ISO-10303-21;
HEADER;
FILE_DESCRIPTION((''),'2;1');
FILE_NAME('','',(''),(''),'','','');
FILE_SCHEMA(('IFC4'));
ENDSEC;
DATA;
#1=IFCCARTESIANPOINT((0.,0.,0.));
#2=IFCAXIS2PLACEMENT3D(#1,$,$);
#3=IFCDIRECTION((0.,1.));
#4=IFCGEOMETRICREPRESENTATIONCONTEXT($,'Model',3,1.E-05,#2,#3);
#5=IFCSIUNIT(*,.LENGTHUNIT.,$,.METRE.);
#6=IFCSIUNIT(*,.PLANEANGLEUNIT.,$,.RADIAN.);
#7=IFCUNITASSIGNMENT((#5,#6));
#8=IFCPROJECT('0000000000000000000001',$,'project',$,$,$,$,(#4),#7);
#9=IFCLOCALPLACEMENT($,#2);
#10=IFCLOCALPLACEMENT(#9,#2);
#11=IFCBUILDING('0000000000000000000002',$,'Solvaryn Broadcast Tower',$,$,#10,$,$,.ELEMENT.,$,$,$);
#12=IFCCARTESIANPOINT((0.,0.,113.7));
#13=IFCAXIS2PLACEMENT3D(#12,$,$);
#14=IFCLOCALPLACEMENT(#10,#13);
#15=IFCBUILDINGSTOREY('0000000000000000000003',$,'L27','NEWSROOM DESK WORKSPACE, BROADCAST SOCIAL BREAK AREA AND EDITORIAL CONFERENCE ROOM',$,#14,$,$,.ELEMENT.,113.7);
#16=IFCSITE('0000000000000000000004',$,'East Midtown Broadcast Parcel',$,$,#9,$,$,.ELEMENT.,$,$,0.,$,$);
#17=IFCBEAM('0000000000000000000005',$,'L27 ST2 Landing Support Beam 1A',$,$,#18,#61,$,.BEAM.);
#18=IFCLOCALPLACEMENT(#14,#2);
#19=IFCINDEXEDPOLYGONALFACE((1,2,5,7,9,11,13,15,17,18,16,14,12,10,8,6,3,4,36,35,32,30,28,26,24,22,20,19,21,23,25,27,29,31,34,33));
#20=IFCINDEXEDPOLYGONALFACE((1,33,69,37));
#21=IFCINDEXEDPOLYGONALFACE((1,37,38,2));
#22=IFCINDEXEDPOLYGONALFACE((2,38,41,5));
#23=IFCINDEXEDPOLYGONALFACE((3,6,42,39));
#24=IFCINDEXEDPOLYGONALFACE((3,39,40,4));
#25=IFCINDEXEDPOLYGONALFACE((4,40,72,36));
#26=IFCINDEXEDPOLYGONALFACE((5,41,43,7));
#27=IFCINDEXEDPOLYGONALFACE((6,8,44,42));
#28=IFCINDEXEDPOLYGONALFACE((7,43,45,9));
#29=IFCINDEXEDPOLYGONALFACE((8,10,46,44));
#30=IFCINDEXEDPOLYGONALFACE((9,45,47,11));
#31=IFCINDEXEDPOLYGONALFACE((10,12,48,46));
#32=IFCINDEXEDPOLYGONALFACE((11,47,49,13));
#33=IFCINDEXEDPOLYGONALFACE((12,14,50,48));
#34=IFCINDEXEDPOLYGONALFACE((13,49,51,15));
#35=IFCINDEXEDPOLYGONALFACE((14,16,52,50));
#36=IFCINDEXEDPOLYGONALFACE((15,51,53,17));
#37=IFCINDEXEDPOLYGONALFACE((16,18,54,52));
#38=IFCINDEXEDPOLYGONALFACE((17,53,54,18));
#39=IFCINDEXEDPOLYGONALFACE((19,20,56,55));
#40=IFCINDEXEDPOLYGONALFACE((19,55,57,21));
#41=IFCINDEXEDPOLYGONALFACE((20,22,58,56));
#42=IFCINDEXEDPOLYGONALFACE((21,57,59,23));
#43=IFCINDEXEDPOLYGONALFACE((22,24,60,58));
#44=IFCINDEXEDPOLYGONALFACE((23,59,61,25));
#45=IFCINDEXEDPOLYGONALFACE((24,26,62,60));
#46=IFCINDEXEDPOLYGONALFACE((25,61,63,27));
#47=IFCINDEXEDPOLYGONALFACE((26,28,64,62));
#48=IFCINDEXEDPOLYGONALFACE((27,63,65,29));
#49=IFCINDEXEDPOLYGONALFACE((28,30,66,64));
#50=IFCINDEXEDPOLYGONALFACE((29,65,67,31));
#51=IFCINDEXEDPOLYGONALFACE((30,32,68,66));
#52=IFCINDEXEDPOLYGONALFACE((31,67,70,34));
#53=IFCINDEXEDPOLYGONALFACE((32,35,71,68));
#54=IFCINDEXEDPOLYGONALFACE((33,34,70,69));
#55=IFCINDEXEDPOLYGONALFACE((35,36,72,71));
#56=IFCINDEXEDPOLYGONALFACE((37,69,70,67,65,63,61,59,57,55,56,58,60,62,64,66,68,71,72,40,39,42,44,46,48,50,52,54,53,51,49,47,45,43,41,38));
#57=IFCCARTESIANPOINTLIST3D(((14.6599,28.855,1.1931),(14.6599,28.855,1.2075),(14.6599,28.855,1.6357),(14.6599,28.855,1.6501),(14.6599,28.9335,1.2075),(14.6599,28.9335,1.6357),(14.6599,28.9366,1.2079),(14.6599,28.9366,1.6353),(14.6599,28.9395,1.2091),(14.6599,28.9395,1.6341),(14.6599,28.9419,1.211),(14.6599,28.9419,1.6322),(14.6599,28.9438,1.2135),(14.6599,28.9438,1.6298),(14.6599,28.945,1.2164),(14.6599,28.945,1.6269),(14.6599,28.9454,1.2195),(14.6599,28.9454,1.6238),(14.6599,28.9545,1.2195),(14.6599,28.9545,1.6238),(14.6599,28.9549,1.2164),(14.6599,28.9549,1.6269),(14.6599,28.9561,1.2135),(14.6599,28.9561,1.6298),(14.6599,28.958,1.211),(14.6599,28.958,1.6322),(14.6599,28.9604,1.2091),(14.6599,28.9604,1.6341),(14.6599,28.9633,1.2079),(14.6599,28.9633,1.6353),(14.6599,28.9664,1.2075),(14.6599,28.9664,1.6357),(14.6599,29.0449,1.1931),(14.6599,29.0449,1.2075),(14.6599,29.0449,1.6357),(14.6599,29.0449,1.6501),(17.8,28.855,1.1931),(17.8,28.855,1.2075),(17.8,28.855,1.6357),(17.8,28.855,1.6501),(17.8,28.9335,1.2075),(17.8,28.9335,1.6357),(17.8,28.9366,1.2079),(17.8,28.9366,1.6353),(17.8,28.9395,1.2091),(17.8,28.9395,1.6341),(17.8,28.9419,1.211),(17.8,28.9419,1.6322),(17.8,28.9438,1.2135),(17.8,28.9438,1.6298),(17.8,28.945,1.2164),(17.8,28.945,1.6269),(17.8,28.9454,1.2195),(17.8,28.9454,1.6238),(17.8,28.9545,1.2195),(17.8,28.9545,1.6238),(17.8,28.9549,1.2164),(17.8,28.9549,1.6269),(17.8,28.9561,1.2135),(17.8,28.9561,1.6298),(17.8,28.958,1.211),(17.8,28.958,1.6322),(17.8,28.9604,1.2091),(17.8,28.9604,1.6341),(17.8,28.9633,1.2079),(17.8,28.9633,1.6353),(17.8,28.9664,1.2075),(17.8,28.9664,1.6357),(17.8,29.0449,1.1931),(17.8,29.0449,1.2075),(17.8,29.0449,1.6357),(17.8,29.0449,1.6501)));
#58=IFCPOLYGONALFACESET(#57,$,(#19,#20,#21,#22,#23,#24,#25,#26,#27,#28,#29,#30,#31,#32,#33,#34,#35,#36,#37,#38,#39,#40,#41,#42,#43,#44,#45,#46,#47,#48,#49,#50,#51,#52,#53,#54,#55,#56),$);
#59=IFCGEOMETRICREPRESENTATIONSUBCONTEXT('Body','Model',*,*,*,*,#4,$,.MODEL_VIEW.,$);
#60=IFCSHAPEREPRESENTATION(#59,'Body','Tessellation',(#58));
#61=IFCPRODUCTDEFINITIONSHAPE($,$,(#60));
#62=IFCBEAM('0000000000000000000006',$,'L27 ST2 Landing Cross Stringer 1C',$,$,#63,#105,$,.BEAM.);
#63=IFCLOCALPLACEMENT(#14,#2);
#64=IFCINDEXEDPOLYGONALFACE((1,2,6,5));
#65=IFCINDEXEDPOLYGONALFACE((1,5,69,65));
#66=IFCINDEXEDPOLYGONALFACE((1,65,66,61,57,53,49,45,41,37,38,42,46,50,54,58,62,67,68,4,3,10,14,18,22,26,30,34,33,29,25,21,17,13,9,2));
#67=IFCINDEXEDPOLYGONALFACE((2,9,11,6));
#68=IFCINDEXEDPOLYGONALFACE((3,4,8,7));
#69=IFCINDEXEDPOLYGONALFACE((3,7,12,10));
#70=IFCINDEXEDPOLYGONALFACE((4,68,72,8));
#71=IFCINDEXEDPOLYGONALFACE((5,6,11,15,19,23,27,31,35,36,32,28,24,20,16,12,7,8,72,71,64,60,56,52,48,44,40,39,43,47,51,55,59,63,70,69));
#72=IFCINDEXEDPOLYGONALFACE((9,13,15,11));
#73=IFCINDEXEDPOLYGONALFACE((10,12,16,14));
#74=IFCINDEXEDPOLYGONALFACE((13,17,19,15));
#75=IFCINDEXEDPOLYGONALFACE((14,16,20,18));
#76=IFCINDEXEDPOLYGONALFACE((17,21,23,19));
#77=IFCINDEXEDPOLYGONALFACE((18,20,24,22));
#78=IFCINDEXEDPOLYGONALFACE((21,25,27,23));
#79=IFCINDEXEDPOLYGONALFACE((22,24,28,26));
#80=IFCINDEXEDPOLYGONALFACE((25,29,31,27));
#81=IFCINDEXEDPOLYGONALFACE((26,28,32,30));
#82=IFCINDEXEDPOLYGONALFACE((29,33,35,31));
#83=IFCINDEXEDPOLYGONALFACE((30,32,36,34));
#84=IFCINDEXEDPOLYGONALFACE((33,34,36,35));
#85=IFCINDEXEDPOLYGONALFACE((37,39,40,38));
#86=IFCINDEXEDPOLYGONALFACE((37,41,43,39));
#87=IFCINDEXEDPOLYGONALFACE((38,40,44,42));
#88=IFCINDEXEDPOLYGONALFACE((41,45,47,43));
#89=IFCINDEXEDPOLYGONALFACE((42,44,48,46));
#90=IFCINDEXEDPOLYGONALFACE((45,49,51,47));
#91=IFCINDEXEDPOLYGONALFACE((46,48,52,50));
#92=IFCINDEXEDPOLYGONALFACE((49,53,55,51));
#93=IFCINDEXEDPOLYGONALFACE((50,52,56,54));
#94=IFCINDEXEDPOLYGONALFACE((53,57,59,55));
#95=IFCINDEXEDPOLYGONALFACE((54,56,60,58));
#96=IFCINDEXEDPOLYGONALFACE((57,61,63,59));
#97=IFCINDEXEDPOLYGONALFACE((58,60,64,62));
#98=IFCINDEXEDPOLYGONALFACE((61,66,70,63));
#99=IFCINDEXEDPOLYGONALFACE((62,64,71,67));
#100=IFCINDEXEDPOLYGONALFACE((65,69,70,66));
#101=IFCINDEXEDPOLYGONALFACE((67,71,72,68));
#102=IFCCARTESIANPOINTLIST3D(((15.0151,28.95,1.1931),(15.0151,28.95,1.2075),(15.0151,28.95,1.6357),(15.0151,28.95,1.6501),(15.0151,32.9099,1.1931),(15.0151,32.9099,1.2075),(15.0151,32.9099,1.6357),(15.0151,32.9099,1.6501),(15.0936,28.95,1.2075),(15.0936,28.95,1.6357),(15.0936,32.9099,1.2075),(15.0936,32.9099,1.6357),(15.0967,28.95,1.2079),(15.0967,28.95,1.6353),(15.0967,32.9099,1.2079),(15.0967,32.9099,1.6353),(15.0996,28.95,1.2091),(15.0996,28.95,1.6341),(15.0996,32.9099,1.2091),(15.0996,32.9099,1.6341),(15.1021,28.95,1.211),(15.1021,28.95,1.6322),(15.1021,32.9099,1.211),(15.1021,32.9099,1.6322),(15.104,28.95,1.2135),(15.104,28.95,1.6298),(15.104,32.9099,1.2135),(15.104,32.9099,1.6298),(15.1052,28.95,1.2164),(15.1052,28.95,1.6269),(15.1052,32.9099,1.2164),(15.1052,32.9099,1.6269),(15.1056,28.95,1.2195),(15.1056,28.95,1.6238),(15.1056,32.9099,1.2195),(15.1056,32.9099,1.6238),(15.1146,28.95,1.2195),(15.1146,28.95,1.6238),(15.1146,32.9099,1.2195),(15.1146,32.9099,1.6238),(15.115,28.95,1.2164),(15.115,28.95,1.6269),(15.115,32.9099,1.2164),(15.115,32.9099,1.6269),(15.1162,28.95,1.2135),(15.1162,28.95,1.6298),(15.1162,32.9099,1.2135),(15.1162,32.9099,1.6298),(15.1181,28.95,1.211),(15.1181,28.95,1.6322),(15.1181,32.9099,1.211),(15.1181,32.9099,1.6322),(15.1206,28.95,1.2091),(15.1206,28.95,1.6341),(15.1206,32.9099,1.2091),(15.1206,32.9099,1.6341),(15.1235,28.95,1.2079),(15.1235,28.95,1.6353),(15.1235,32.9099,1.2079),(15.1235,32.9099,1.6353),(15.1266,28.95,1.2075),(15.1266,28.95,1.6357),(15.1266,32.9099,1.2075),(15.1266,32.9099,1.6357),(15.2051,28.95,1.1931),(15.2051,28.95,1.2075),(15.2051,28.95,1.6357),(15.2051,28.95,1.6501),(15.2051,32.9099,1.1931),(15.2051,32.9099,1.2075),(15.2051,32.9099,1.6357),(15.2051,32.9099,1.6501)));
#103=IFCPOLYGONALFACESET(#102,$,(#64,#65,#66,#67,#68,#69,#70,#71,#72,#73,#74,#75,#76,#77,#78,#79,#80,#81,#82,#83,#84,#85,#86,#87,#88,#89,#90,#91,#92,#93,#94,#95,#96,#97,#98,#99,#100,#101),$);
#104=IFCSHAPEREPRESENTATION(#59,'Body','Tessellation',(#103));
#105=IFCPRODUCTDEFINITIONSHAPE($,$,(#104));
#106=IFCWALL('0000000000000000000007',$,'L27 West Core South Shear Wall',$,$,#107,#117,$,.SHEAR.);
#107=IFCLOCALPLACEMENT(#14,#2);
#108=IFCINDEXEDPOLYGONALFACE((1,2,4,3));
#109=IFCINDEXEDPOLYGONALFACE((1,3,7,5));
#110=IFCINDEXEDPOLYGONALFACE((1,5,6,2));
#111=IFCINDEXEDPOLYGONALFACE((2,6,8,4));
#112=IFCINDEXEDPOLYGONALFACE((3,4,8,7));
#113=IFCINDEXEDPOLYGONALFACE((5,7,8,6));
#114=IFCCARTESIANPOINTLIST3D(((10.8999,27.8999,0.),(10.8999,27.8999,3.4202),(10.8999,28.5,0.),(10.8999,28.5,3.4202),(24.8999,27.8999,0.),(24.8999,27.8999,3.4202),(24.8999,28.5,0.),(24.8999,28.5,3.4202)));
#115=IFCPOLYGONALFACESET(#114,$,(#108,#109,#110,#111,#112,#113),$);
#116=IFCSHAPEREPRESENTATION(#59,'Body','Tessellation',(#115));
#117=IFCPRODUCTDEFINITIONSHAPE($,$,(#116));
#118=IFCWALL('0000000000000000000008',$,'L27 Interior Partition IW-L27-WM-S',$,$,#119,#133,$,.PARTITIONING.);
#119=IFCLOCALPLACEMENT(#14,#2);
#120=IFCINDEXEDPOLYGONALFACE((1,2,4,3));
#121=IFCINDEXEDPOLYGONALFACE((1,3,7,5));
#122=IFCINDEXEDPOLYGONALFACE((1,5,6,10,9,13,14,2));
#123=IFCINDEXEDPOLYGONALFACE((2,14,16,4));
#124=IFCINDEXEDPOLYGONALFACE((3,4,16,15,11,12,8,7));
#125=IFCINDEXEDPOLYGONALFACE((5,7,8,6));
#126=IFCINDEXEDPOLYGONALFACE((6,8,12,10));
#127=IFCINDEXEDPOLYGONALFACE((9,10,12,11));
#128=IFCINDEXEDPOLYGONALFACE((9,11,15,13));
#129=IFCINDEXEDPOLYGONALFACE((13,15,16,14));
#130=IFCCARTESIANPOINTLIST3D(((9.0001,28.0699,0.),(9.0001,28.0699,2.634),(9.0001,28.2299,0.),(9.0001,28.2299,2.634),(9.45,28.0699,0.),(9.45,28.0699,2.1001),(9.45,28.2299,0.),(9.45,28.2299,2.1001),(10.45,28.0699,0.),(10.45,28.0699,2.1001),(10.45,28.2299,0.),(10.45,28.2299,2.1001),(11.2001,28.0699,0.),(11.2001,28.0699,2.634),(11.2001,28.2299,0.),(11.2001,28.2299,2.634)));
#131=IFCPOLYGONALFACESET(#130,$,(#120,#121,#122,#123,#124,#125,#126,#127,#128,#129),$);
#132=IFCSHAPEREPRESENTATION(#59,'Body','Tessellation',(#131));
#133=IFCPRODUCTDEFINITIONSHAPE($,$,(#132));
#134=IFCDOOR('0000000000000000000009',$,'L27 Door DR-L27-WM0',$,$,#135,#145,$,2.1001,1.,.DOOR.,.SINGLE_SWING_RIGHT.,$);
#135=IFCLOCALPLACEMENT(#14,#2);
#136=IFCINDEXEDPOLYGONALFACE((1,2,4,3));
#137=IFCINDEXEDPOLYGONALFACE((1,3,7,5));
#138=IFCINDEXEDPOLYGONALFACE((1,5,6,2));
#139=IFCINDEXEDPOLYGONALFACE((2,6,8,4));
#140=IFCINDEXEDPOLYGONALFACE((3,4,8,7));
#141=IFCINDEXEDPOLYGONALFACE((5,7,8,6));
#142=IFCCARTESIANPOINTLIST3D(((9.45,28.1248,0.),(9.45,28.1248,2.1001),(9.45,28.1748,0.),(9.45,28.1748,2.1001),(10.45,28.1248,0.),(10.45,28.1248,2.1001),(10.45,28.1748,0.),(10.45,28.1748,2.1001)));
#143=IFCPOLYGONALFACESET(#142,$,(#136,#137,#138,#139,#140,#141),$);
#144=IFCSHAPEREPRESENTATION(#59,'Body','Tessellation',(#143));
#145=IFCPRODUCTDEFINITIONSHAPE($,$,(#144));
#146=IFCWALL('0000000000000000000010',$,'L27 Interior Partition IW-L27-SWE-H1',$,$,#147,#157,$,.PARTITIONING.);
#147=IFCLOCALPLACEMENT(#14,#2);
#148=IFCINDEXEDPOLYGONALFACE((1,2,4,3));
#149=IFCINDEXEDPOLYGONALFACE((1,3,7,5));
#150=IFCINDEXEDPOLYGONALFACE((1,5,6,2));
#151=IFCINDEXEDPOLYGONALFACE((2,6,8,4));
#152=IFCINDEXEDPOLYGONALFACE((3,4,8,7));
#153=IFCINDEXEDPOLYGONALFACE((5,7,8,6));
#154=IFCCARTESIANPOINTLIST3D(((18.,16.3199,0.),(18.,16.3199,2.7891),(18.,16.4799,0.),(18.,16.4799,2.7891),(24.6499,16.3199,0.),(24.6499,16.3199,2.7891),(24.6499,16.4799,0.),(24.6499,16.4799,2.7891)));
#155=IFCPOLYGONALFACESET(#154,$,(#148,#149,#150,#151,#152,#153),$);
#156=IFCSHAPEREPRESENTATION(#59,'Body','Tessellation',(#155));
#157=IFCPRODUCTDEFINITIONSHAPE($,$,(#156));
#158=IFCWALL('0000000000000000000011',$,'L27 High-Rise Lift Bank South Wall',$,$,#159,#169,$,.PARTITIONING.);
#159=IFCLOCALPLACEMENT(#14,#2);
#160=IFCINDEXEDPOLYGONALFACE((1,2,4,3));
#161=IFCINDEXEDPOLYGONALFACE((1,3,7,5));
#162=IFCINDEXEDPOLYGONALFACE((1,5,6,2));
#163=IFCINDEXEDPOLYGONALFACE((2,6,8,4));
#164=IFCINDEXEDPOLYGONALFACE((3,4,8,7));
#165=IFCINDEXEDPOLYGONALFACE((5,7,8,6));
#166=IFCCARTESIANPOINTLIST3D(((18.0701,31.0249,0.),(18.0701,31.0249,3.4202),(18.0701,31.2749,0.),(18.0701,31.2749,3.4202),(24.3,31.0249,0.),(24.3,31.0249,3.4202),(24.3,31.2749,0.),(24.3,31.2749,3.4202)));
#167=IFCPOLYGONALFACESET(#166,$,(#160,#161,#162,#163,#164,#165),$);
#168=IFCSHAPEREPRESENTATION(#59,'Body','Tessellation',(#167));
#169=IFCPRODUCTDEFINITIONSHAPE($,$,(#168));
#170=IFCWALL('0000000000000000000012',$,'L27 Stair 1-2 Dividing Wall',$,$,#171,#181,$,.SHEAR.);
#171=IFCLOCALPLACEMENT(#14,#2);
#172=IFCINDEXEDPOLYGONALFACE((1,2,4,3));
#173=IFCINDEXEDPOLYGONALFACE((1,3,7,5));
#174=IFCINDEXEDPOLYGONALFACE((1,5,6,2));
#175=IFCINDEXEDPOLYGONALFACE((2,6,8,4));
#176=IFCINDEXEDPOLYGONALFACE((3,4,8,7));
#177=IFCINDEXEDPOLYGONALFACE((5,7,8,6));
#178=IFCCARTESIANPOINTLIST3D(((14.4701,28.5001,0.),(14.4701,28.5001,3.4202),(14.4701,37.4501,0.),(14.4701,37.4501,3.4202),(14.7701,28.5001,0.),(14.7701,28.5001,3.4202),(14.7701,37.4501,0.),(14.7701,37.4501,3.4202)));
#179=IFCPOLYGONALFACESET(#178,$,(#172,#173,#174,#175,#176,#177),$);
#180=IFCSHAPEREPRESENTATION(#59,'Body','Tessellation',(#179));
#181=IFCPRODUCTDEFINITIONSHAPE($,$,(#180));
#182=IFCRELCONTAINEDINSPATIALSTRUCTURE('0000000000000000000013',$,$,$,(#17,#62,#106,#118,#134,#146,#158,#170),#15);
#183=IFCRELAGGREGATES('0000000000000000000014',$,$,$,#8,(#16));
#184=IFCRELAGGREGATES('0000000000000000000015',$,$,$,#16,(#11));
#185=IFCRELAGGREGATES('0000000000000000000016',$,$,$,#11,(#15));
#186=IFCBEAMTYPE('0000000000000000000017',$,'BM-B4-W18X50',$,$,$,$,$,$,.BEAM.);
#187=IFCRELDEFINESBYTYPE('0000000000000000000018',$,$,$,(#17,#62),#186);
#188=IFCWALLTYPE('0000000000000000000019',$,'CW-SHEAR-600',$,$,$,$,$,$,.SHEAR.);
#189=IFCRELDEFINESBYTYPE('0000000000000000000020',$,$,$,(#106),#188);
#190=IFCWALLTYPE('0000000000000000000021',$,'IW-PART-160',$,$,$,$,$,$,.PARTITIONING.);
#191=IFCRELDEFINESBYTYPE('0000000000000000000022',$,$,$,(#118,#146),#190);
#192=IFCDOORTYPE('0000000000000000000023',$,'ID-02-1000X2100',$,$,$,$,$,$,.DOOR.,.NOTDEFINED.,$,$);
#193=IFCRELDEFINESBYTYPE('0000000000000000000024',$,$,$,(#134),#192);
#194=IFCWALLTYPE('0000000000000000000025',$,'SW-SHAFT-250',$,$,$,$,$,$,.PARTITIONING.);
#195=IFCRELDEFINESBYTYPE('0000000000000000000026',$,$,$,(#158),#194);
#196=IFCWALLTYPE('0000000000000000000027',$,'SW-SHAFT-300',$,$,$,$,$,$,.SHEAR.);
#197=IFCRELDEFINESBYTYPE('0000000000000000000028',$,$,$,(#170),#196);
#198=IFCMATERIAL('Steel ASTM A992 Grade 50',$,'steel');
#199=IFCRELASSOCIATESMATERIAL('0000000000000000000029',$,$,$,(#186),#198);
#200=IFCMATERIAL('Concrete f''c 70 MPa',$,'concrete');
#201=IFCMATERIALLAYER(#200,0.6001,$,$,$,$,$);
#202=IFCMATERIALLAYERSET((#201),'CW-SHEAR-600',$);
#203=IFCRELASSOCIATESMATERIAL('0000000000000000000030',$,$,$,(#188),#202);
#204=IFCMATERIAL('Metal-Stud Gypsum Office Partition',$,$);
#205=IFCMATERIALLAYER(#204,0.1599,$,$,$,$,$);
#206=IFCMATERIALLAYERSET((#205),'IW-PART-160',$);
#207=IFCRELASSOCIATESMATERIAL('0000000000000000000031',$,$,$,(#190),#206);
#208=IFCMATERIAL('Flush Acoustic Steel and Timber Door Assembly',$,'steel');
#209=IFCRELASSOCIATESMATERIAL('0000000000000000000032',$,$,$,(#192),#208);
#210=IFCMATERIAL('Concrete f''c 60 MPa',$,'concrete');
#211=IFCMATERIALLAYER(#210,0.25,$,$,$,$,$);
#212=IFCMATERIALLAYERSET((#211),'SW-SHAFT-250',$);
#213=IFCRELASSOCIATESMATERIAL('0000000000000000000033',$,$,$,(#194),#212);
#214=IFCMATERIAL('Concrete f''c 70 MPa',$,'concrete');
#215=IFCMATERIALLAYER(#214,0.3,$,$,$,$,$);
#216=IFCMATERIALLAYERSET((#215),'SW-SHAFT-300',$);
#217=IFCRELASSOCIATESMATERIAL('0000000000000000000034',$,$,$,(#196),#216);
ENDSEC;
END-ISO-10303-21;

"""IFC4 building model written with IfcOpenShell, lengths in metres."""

from ifc_helpers import new_model, si_unit, direction, frame, frame_2d, origin, origin_2d, place, context, subcontext, project, spatial, rectangle, i_section, extrude, material, layer, layer_set, material_profile, profile_set, type_object, element, fill, save


model = new_model("IFC4")

# Units and contexts
model_context = context("Model", 3, precision=1e-05, world=origin(), true_north=direction((0.0, 1.0)))
body_context = subcontext(model_context, "Body", "Model", "MODEL_VIEW")
ifc_project = project(units=[si_unit("LENGTHUNIT", "METRE"), si_unit("PLANEANGLEUNIT", "RADIAN")], contexts=[model_context])

# Site, building, storey
site_placement = place(None, origin())
site = spatial("IfcSite", under=ifc_project, at=site_placement, Name="East Midtown Broadcast Parcel", CompositionType="ELEMENT", RefElevation=0.0)
building_placement = place(site_placement, origin())
building = spatial("IfcBuilding", under=site, at=building_placement, Name="Solvaryn Broadcast Tower", CompositionType="ELEMENT")
storey_placement = place(building_placement, frame((0.0, 0.0, 113.7)))
storey = spatial("IfcBuildingStorey", under=building, at=storey_placement, Name="L27", Description="NEWSROOM DESK WORKSPACE, BROADCAST SOCIAL BREAK AREA AND EDITORIAL CONFERENCE ROOM", CompositionType="ELEMENT", Elevation=113.7)

# Beams
ifc_material_1 = material(Name="Steel ASTM A992 Grade 50", Category="steel")
ifc_material_profile_1 = material_profile(ifc_material_1, i_section(OverallWidth=0.1899, OverallDepth=0.457, WebThickness=0.009, FlangeThickness=0.0144, FilletRadius=0.012, at=origin_2d()))
ifc_profile_set_1 = profile_set([ifc_material_profile_1], Name="Steel ASTM A992 Grade 50")
beam_type_1 = type_object("IfcBeamType", Name="BM-B4-W18X50", PredefinedType="BEAM", material=ifc_profile_set_1)
beam_1_placement = place(storey_placement, frame((14.6599, 28.95, 1.4216), z_axis=(1.0, 0.0, 0.0), x_axis=(0.0, 1.0, 0.0)))
element("IfcBeam", 1, at=beam_1_placement, inside=storey, type_object=beam_type_1, Name="L27 ST2 Landing Support Beam 1A", PredefinedType="BEAM", context=body_context, shape_type="SweptSolid", body=[
    extrude(i_section(OverallWidth=0.1899, OverallDepth=0.457, WebThickness=0.009, FlangeThickness=0.0144, FilletRadius=0.012, at=origin_2d()), origin(), (0.0, 0.0, 1.0), 3.1401),
])
beam_2_placement = place(storey_placement, frame((15.1101, 28.95, 1.4216), z_axis=(0.0, 1.0, 0.0), x_axis=(-1.0, 0.0, 0.0)))
element("IfcBeam", 2, at=beam_2_placement, inside=storey, type_object=beam_type_1, Name="L27 ST2 Landing Cross Stringer 1C", PredefinedType="BEAM", context=body_context, shape_type="SweptSolid", body=[
    extrude(i_section(OverallWidth=0.1899, OverallDepth=0.457, WebThickness=0.009, FlangeThickness=0.0144, FilletRadius=0.012, at=origin_2d()), origin(), (0.0, 0.0, 1.0), 3.96),
])

# Wall
ifc_material_2 = material(Name="Concrete f'c 70 MPa", Category="concrete")
ifc_layer_1 = layer(ifc_material_2, 0.6001)
ifc_layer_set_1 = layer_set([ifc_layer_1], Name="CW-SHEAR-600")
wall_type_1 = type_object("IfcWallType", Name="CW-SHEAR-600", PredefinedType="SHEAR", material=ifc_layer_set_1)
wall_1_placement = place(storey_placement, frame((10.8999, 28.2, 0.0), z_axis=(0.0, 0.0, 1.0), x_axis=(1.0, 0.0, 0.0)))
element("IfcWall", 3, at=wall_1_placement, inside=storey, type_object=wall_type_1, Name="L27 West Core South Shear Wall", PredefinedType="SHEAR", context=body_context, shape_type="SweptSolid", body=[
    extrude(rectangle(XDim=14.0, YDim=0.6001, at=frame_2d((7.0, 0.0))), origin(), (0.0, 0.0, 1.0), 3.4202),
])

# Wall, opening, door
ifc_material_3 = material(Name="Metal-Stud Gypsum Office Partition")
ifc_layer_2 = layer(ifc_material_3, 0.1599)
ifc_layer_set_2 = layer_set([ifc_layer_2], Name="IW-PART-160")
wall_type_2 = type_object("IfcWallType", Name="IW-PART-160", PredefinedType="PARTITIONING", material=ifc_layer_set_2)
wall_2_placement = place(storey_placement, frame((9.0, 28.1499, 0.0), z_axis=(0.0, 0.0, 1.0), x_axis=(1.0, 0.0, 0.0)))
wall_2 = element("IfcWall", 4, at=wall_2_placement, inside=storey, type_object=wall_type_2, Name="L27 Interior Partition IW-L27-WM-S", PredefinedType="PARTITIONING", context=body_context, shape_type="SweptSolid", body=[
    extrude(rectangle(XDim=2.2, YDim=0.1599, at=frame_2d((1.1001, 0.0))), origin(), (0.0, 0.0, 1.0), 2.634),
])
opening_placement = place(wall_2_placement, frame((0.45, 0.0, 0.0)))
opening = element("IfcOpeningElement", 5, at=opening_placement, cuts=wall_2, PredefinedType="OPENING", context=body_context, shape_type="SweptSolid", body=[
    extrude(rectangle(XDim=1.0, YDim=2.1001, at=frame_2d((0.5, 1.05))), frame((0.0, 0.0901, 0.0), z_axis=(0.0, -1.0, 0.0), x_axis=(1.0, 0.0, 0.0)), (0.0, 0.0, 1.0), 0.1799),
])
ifc_material_4 = material(Name="Flush Acoustic Steel and Timber Door Assembly", Category="steel")
door_type = type_object("IfcDoorType", Name="ID-02-1000X2100", OperationType="NOTDEFINED", PredefinedType="DOOR", material=ifc_material_4)
door_placement = place(opening_placement, origin())
door = element("IfcDoor", 6, at=door_placement, inside=storey, type_object=door_type, Name="L27 Door DR-L27-WM0", OperationType="SINGLE_SWING_RIGHT", OverallHeight=2.1001, OverallWidth=1.0, PredefinedType="DOOR", context=body_context, shape_type="SweptSolid", body=[
    extrude(rectangle(XDim=1.0, YDim=2.1001, at=frame_2d((0.5, 1.05))), frame((0.0, 0.0249, 0.0), z_axis=(0.0, -1.0, 0.0), x_axis=(1.0, 0.0, 0.0)), (0.0, 0.0, 1.0), 0.05),
])
fill(opening, door)

# Walls
wall_3_placement = place(storey_placement, frame((18.0, 16.3999, 0.0), z_axis=(0.0, 0.0, 1.0), x_axis=(1.0, 0.0, 0.0)))
element("IfcWall", 7, at=wall_3_placement, inside=storey, type_object=wall_type_2, Name="L27 Interior Partition IW-L27-SWE-H1", PredefinedType="PARTITIONING", context=body_context, shape_type="SweptSolid", body=[
    extrude(rectangle(XDim=6.6499, YDim=0.1599, at=frame_2d((3.325, 0.0))), origin(), (0.0, 0.0, 1.0), 2.7891),
])
ifc_material_5 = material(Name="Concrete f'c 60 MPa", Category="concrete")
ifc_layer_3 = layer(ifc_material_5, 0.25)
ifc_layer_set_3 = layer_set([ifc_layer_3], Name="SW-SHAFT-250")
wall_type_3 = type_object("IfcWallType", Name="SW-SHAFT-250", PredefinedType="PARTITIONING", material=ifc_layer_set_3)
wall_4_placement = place(storey_placement, frame((18.0701, 31.1499, 0.0), z_axis=(0.0, 0.0, 1.0), x_axis=(1.0, 0.0, 0.0)))
element("IfcWall", 8, at=wall_4_placement, inside=storey, type_object=wall_type_3, Name="L27 High-Rise Lift Bank South Wall", PredefinedType="PARTITIONING", context=body_context, shape_type="SweptSolid", body=[
    extrude(rectangle(XDim=6.23, YDim=0.25, at=frame_2d((3.115, 0.0))), origin(), (0.0, 0.0, 1.0), 3.4202),
])
ifc_material_6 = material(Name="Concrete f'c 70 MPa", Category="concrete")
ifc_layer_4 = layer(ifc_material_6, 0.3)
ifc_layer_set_4 = layer_set([ifc_layer_4], Name="SW-SHAFT-300")
wall_type_4 = type_object("IfcWallType", Name="SW-SHAFT-300", PredefinedType="SHEAR", material=ifc_layer_set_4)
wall_5_placement = place(storey_placement, frame((14.6201, 28.5, 0.0), z_axis=(0.0, 0.0, 1.0), x_axis=(0.0, 1.0, 0.0)))
element("IfcWall", 9, at=wall_5_placement, inside=storey, type_object=wall_type_4, Name="L27 Stair 1-2 Dividing Wall", PredefinedType="SHEAR", context=body_context, shape_type="SweptSolid", body=[
    extrude(rectangle(XDim=8.95, YDim=0.3, at=frame_2d((4.4751, 0.0))), origin(), (0.0, 0.0, 1.0), 3.4202),
])

save(model, "model.ifc")
